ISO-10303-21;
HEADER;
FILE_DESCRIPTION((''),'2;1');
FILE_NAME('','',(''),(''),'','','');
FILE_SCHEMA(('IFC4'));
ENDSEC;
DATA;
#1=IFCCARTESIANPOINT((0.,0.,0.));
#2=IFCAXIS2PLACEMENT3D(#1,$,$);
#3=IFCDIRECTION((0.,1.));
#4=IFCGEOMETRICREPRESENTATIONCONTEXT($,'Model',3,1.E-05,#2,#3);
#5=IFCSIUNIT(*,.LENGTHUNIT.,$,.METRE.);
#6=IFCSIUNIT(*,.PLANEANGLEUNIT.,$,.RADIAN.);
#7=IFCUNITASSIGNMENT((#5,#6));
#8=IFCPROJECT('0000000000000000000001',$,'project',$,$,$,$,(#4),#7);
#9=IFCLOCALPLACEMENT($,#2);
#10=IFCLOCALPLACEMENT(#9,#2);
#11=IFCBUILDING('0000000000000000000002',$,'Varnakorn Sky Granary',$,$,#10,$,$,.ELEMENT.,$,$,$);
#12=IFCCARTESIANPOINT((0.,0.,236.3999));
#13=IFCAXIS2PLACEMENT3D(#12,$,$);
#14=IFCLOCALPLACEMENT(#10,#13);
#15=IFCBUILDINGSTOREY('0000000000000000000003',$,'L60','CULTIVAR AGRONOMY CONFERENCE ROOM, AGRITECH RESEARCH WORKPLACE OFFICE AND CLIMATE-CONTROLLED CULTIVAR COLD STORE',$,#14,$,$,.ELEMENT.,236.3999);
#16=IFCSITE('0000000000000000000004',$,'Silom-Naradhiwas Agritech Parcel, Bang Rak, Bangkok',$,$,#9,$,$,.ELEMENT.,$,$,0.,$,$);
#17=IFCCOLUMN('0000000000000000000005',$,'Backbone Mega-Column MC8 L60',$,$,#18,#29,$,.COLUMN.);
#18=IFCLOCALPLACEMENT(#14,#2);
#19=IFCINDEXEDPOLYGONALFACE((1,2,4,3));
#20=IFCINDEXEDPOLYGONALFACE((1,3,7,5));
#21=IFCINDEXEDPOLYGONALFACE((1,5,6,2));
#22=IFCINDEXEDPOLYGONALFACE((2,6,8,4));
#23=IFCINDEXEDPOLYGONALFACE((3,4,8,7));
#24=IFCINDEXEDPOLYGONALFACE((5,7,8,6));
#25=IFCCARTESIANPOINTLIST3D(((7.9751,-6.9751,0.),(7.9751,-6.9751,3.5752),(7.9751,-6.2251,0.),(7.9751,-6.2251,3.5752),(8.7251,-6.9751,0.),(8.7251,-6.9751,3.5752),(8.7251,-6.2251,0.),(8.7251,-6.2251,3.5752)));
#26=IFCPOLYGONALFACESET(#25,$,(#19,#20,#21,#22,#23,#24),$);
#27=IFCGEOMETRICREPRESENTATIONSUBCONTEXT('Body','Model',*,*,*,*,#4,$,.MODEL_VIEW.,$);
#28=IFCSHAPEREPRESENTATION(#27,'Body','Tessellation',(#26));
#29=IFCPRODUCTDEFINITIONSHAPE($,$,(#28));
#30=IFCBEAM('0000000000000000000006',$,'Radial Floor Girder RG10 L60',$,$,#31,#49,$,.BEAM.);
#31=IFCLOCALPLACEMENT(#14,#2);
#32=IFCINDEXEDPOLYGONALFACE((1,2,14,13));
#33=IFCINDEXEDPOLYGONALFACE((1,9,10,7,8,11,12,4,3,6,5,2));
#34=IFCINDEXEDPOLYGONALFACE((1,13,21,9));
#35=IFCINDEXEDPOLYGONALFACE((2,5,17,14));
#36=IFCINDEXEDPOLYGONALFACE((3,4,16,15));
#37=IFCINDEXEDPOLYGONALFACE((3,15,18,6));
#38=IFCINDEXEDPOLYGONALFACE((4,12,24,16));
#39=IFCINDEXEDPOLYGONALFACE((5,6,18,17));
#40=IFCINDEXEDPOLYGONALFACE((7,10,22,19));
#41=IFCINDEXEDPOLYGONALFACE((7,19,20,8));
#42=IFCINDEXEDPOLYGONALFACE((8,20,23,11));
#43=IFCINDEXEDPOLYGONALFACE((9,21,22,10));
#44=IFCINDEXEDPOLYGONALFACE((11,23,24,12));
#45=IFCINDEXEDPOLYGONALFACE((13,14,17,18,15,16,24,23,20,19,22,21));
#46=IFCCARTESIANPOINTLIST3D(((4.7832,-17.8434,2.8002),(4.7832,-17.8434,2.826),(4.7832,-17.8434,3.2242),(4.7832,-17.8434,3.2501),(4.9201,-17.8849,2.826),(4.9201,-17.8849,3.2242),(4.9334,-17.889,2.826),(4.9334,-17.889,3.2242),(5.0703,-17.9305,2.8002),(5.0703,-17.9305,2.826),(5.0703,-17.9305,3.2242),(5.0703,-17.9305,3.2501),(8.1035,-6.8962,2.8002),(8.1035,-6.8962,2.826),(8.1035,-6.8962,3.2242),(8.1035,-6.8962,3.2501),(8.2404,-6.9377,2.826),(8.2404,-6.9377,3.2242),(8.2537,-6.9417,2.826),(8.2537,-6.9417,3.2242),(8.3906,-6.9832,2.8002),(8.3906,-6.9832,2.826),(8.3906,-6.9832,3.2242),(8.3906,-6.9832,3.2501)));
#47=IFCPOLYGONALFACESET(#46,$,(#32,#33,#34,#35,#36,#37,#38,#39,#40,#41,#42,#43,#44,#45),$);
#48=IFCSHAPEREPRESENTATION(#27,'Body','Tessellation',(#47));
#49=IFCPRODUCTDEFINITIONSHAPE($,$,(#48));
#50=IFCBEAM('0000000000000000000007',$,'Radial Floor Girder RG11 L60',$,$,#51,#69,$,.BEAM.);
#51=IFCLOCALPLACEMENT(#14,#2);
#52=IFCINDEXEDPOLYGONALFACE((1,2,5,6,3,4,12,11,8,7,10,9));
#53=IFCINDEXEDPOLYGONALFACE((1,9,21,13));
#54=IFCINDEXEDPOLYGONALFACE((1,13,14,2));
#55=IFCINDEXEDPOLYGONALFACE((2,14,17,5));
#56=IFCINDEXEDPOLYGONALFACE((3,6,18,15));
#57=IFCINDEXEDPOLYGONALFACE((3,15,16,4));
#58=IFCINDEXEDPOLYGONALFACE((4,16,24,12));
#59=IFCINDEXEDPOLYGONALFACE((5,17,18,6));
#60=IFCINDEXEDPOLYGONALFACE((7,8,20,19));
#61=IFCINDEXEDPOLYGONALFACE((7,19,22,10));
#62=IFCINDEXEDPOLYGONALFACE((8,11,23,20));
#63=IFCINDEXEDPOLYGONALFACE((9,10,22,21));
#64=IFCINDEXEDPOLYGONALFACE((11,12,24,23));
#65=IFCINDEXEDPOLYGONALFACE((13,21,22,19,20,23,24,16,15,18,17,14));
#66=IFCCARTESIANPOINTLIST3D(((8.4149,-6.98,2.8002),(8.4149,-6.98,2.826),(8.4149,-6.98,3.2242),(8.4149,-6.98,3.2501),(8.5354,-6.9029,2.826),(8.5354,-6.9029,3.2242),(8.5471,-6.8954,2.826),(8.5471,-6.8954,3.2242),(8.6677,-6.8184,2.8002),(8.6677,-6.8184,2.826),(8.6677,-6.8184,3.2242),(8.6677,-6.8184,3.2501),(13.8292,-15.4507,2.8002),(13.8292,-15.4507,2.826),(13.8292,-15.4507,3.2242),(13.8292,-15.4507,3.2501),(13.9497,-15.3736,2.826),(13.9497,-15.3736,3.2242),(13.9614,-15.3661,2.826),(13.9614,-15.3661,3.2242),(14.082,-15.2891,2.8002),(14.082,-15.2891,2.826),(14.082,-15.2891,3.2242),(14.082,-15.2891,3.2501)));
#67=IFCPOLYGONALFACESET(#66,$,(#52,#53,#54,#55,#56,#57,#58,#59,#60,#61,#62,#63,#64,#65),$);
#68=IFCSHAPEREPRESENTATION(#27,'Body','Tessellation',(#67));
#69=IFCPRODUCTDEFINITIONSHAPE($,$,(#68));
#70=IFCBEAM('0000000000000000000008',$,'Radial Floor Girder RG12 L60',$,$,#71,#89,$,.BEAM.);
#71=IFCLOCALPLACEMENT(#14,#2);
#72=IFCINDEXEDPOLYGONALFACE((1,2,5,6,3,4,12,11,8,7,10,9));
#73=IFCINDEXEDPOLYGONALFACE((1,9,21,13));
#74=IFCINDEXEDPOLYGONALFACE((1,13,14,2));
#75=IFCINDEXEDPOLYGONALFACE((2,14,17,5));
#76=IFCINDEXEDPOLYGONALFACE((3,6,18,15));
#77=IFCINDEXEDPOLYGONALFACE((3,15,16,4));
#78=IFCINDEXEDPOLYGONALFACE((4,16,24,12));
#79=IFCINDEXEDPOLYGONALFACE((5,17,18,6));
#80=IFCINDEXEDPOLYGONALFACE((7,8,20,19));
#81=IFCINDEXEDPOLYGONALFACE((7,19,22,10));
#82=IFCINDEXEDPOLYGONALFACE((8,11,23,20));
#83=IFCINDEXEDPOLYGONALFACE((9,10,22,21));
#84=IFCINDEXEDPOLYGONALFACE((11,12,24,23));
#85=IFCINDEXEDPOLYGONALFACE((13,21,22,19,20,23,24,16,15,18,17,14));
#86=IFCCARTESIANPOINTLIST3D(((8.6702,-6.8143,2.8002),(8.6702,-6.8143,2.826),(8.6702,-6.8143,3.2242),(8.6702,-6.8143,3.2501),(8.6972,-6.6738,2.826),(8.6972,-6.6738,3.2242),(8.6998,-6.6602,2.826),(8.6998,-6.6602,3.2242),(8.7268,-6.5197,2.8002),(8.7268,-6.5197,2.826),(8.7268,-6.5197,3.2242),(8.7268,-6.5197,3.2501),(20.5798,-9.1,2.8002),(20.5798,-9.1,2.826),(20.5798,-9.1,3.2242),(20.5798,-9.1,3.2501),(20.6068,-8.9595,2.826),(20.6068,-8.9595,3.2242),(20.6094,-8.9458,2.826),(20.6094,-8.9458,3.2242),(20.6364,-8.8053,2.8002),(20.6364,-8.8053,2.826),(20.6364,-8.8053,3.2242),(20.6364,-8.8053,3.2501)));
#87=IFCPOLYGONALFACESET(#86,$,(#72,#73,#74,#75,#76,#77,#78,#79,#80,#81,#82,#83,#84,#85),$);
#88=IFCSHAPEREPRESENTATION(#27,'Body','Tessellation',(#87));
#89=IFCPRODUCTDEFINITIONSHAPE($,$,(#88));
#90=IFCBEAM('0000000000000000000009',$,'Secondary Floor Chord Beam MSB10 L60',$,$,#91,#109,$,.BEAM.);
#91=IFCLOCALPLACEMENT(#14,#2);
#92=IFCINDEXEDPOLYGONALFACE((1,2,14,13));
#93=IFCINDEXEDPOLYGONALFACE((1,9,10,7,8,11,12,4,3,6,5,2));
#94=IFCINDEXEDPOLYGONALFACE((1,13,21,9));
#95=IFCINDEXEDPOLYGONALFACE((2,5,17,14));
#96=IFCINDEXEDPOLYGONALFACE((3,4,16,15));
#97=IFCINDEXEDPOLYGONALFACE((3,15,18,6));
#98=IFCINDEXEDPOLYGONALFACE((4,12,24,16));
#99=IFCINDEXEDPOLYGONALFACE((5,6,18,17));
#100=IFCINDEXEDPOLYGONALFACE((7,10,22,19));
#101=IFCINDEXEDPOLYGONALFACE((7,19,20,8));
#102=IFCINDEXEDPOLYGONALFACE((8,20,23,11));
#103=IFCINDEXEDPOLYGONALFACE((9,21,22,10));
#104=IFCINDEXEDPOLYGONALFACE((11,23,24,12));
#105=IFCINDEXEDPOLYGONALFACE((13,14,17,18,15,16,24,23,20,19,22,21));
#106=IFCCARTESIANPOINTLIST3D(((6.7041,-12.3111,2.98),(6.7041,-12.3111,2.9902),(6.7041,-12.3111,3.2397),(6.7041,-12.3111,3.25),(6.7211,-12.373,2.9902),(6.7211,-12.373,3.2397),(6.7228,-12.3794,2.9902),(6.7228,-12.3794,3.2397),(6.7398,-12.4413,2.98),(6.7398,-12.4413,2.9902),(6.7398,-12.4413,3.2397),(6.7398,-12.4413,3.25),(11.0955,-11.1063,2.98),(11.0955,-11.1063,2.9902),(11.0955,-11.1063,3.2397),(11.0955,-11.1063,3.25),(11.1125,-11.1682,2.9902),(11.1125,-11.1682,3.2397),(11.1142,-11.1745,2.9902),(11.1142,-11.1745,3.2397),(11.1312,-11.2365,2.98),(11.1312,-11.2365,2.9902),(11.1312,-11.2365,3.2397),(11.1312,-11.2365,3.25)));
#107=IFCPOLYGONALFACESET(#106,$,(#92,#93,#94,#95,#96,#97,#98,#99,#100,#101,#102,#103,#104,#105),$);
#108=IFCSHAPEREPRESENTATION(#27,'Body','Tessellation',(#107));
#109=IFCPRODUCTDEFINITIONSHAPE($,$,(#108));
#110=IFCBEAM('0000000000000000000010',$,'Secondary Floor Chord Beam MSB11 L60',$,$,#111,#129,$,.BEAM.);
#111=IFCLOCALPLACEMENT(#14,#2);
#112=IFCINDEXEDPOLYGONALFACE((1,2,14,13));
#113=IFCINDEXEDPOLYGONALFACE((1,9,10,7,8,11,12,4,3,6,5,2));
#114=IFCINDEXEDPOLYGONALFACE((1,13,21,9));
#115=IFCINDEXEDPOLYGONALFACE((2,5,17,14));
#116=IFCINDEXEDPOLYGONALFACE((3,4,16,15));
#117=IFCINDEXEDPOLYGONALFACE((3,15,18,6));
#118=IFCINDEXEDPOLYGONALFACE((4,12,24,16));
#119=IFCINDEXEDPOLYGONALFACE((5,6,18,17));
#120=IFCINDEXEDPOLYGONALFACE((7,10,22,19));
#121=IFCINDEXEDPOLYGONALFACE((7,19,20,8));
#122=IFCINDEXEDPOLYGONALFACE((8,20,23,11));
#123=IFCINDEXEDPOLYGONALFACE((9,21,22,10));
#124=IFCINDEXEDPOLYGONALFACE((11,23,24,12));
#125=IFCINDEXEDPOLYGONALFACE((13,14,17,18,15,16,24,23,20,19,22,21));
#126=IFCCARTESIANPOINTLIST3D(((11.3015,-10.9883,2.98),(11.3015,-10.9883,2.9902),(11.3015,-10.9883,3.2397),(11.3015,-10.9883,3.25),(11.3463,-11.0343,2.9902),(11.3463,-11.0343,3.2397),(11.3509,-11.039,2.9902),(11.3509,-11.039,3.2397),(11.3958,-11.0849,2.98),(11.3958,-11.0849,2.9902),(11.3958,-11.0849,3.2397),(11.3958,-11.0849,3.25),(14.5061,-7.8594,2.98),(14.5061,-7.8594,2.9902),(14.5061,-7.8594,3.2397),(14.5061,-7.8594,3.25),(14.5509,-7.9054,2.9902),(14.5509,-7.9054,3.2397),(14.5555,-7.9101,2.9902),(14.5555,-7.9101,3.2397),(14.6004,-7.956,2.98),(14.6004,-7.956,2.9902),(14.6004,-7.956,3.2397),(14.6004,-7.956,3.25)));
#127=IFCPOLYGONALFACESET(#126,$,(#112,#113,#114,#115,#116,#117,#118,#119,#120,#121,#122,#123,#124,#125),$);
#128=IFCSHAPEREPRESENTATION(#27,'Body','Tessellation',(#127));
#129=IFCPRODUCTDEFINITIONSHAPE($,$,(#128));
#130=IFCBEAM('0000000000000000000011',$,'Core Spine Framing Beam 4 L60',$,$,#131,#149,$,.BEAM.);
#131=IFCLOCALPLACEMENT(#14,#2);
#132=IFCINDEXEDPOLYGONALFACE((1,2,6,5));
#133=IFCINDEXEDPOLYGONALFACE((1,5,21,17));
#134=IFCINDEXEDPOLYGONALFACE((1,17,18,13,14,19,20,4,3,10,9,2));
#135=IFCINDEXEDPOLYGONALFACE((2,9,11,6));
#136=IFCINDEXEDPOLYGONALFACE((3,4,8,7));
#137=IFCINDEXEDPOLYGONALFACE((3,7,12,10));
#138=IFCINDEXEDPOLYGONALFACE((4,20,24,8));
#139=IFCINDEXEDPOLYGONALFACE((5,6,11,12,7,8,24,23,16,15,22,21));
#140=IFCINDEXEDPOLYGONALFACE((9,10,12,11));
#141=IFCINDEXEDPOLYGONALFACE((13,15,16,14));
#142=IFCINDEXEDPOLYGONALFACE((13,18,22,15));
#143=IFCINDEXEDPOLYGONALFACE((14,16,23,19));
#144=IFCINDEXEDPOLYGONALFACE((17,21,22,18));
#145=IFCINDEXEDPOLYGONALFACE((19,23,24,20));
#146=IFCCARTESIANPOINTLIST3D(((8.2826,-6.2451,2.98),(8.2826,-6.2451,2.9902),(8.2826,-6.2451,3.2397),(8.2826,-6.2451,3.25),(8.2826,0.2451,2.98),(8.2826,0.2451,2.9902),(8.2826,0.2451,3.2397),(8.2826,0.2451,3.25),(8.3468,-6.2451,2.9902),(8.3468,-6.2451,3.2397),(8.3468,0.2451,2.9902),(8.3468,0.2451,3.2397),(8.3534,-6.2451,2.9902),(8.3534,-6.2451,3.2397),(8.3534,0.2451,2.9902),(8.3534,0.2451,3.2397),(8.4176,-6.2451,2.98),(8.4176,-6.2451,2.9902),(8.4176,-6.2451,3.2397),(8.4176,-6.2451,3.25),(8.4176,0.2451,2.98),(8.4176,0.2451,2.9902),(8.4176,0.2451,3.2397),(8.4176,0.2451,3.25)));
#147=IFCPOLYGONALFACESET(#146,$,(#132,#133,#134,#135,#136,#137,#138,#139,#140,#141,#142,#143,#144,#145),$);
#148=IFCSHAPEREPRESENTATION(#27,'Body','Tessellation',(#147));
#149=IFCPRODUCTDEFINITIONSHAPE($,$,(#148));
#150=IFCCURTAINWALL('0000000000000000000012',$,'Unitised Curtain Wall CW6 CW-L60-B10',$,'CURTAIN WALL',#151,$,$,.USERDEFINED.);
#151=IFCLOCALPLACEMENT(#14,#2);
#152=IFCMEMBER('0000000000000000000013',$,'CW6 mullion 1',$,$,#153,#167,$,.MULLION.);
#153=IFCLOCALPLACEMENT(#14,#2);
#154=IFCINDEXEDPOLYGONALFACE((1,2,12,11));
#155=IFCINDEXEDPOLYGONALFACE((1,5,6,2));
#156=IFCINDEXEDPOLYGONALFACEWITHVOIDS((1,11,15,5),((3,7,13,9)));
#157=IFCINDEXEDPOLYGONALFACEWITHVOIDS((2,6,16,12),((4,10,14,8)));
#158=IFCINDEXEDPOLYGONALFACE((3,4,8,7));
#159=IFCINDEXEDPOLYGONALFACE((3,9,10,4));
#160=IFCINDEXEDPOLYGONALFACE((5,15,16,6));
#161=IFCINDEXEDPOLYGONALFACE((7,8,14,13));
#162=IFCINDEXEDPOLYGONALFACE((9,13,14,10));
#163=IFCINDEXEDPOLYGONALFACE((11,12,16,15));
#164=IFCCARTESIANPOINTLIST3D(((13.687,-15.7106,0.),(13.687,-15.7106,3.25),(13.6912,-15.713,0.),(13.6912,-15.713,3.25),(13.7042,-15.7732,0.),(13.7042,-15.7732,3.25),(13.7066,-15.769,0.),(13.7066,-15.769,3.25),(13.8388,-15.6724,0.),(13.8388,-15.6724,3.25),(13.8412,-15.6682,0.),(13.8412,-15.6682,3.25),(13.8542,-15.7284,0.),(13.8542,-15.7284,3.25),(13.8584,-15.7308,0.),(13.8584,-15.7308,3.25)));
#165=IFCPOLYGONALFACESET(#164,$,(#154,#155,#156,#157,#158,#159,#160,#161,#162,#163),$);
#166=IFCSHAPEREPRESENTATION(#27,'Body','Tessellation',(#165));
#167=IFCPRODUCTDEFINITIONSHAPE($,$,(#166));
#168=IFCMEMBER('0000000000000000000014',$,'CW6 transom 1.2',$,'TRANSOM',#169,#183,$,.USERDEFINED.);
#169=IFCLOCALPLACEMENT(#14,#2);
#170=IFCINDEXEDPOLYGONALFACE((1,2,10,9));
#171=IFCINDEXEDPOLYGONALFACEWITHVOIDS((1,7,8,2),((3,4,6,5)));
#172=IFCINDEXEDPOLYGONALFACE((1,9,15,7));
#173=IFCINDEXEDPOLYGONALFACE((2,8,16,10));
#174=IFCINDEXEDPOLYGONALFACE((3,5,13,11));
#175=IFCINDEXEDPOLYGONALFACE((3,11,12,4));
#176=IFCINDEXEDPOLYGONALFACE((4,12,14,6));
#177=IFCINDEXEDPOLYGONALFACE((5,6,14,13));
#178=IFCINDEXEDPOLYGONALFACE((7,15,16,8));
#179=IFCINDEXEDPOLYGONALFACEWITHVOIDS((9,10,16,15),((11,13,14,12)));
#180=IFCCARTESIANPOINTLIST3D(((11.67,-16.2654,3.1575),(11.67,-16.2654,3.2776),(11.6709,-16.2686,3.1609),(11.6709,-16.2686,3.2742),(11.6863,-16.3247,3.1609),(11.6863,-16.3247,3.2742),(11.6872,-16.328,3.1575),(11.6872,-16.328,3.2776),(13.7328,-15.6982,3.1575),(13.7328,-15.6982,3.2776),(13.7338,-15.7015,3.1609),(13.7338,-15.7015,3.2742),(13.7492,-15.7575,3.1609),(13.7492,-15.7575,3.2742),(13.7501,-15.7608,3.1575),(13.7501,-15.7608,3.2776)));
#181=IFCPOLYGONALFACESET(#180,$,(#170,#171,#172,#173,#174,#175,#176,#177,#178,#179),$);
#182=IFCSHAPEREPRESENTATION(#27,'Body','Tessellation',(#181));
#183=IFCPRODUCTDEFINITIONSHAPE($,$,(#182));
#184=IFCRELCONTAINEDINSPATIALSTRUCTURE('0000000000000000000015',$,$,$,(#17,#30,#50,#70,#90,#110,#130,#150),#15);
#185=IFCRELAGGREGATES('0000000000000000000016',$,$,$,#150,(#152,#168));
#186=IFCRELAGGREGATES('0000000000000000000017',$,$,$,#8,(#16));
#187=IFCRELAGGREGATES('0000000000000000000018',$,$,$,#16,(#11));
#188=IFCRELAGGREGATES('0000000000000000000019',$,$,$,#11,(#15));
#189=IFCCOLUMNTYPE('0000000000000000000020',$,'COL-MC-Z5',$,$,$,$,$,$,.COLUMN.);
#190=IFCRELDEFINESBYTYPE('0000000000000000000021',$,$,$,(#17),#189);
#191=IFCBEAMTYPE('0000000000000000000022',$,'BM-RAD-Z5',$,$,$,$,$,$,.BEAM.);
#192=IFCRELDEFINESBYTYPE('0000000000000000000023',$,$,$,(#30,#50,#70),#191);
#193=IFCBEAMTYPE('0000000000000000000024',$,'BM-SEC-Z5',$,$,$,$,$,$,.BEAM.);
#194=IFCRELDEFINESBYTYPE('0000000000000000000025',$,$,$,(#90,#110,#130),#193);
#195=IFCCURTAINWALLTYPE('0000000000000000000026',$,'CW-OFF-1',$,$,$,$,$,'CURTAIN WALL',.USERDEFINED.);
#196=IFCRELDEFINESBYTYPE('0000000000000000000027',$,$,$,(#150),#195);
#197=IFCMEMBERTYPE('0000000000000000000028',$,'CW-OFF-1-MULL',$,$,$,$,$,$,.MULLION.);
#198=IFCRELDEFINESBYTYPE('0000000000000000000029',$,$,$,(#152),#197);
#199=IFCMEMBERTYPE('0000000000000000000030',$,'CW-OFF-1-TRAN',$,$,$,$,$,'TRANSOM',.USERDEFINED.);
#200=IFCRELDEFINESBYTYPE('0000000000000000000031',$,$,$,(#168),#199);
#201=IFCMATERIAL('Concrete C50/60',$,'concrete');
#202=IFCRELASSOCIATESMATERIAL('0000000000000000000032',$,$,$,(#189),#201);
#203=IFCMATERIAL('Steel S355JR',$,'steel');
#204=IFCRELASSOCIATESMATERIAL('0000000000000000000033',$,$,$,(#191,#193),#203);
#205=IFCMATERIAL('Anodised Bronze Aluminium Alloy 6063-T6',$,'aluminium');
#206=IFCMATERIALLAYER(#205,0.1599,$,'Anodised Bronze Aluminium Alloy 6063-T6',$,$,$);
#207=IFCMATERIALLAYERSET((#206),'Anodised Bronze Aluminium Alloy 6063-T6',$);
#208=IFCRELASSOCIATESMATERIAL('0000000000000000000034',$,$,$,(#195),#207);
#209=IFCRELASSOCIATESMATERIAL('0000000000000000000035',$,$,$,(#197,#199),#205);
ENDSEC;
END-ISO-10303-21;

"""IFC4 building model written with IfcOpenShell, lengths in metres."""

from ifc_helpers import new_model, si_unit, direction, frame, origin, origin_2d, place, context, subcontext, project, spatial, rectangle, hollow_rectangle, i_section, extrude, material, layer, layer_set, material_profile, profile_set, type_object, element, aggregate, save


model = new_model("IFC4")

# Units and contexts
model_context = context("Model", 3, precision=1e-05, world=origin(), true_north=direction((0.0, 1.0)))
body_context = subcontext(model_context, "Body", "Model", "MODEL_VIEW")
ifc_project = project(units=[si_unit("LENGTHUNIT", "METRE"), si_unit("PLANEANGLEUNIT", "RADIAN")], contexts=[model_context])

# Site, building, storey
site_placement = place(None, origin())
site = spatial("IfcSite", under=ifc_project, at=site_placement, Name="Silom-Naradhiwas Agritech Parcel, Bang Rak, Bangkok", CompositionType="ELEMENT", RefElevation=0.0)
building_placement = place(site_placement, origin())
building = spatial("IfcBuilding", under=site, at=building_placement, Name="Varnakorn Sky Granary", CompositionType="ELEMENT")
storey_placement = place(building_placement, frame((0.0, 0.0, 236.3999)))
storey = spatial("IfcBuildingStorey", under=building, at=storey_placement, Name="L60", Description="CULTIVAR AGRONOMY CONFERENCE ROOM, AGRITECH RESEARCH WORKPLACE OFFICE AND CLIMATE-CONTROLLED CULTIVAR COLD STORE", CompositionType="ELEMENT", Elevation=236.3999)

# Column
ifc_material_1 = material(Name="Concrete C50/60", Category="concrete")
ifc_material_profile_1 = material_profile(ifc_material_1, rectangle(XDim=0.75, YDim=0.75, at=origin_2d()), Name="RC 750x750")
ifc_profile_set_1 = profile_set([ifc_material_profile_1], Name="Concrete C50/60")
column_type = type_object("IfcColumnType", Name="COL-MC-Z5", PredefinedType="COLUMN", material=ifc_profile_set_1)
column_placement = place(storey_placement, frame((8.3501, -6.6001, 0.0), z_axis=(0.0, 0.0, 1.0), x_axis=(1.0, 0.0, 0.0)))
element("IfcColumn", 1, at=column_placement, inside=storey, type_object=column_type, Name="Backbone Mega-Column MC8 L60", PredefinedType="COLUMN", context=body_context, shape_type="SweptSolid", body=[
    extrude(rectangle(XDim=0.75, YDim=0.75, at=origin_2d()), origin(), (0.0, 0.0, 1.0), 3.5752),
])

# Beams
ifc_material_2 = material(Name="Steel S355JR", Category="steel")
ifc_material_profile_2 = material_profile(ifc_material_2, i_section(OverallWidth=0.3, OverallDepth=0.45, WebThickness=0.0139, FlangeThickness=0.0259, at=origin_2d()), Name="HE 450 B")
ifc_profile_set_2 = profile_set([ifc_material_profile_2], Name="Steel S355JR")
beam_type_1 = type_object("IfcBeamType", Name="BM-RAD-Z5", PredefinedType="BEAM", material=ifc_profile_set_2)
beam_1_placement = place(storey_placement, frame((8.2471, -6.9397, 3.0251), z_axis=(-0.290244, -0.956953, 0.0), x_axis=(0.956953, -0.290244, 0.0)))
element("IfcBeam", 2, at=beam_1_placement, inside=storey, type_object=beam_type_1, Name="Radial Floor Girder RG10 L60", PredefinedType="BEAM", context=body_context, shape_type="SweptSolid", body=[
    extrude(i_section(OverallWidth=0.3, OverallDepth=0.45, WebThickness=0.0139, FlangeThickness=0.0259, at=origin_2d()), origin(), (0.0, 0.0, 1.0), 11.4397),
])
beam_2_placement = place(storey_placement, frame((8.5413, -6.8992, 3.0251), z_axis=(0.538564, -0.842585, 0.0), x_axis=(0.842585, 0.538564, 0.0)))
element("IfcBeam", 3, at=beam_2_placement, inside=storey, type_object=beam_type_1, Name="Radial Floor Girder RG11 L60", PredefinedType="BEAM", context=body_context, shape_type="SweptSolid", body=[
    extrude(i_section(OverallWidth=0.3, OverallDepth=0.45, WebThickness=0.0139, FlangeThickness=0.0259, at=origin_2d()), origin(), (0.0, 0.0, 1.0), 10.0532),
])
beam_3_placement = place(storey_placement, frame((8.6985, -6.667, 3.0251), z_axis=(0.982078, -0.188476, 0.0), x_axis=(0.188476, 0.982078, 0.0)))
element("IfcBeam", 4, at=beam_3_placement, inside=storey, type_object=beam_type_1, Name="Radial Floor Girder RG12 L60", PredefinedType="BEAM", context=body_context, shape_type="SweptSolid", body=[
    extrude(i_section(OverallWidth=0.3, OverallDepth=0.45, WebThickness=0.0139, FlangeThickness=0.0259, at=origin_2d()), origin(), (0.0, 0.0, 1.0), 12.127),
])
ifc_material_profile_3 = material_profile(ifc_material_2, i_section(OverallWidth=0.135, OverallDepth=0.27, WebThickness=0.0066, FlangeThickness=0.0103, at=origin_2d()), Name="IPE 270")
ifc_profile_set_3 = profile_set([ifc_material_profile_3], Name="Steel S355JR")
beam_type_2 = type_object("IfcBeamType", Name="BM-SEC-Z5", PredefinedType="BEAM", material=ifc_profile_set_3)
beam_4_placement = place(storey_placement, frame((6.7219, -12.3762, 3.115), z_axis=(0.964362, 0.264587, 0.0), x_axis=(-0.264587, 0.964362, 0.0)))
element("IfcBeam", 5, at=beam_4_placement, inside=storey, type_object=beam_type_2, Name="Secondary Floor Chord Beam MSB10 L60", PredefinedType="BEAM", context=body_context, shape_type="SweptSolid", body=[
    extrude(i_section(OverallWidth=0.135, OverallDepth=0.27, WebThickness=0.0066, FlangeThickness=0.0103, at=origin_2d()), origin(), (0.0, 0.0, 1.0), 4.5537),
])
beam_5_placement = place(storey_placement, frame((11.3486, -11.0366, 3.115), z_axis=(0.715505, 0.698607, 0.0), x_axis=(-0.698607, 0.715505, 0.0)))
element("IfcBeam", 6, at=beam_5_placement, inside=storey, type_object=beam_type_2, Name="Secondary Floor Chord Beam MSB11 L60", PredefinedType="BEAM", context=body_context, shape_type="SweptSolid", body=[
    extrude(i_section(OverallWidth=0.135, OverallDepth=0.27, WebThickness=0.0066, FlangeThickness=0.0103, at=origin_2d()), origin(), (0.0, 0.0, 1.0), 4.4788),
])
beam_6_placement = place(storey_placement, frame((8.3501, 0.2451, 3.115), z_axis=(0.0, -1.0, 0.0), x_axis=(1.0, 0.0, 0.0)))
element("IfcBeam", 7, at=beam_6_placement, inside=storey, type_object=beam_type_2, Name="Core Spine Framing Beam 4 L60", PredefinedType="BEAM", context=body_context, shape_type="SweptSolid", body=[
    extrude(i_section(OverallWidth=0.135, OverallDepth=0.27, WebThickness=0.0066, FlangeThickness=0.0103, at=origin_2d()), origin(), (0.0, 0.0, 1.0), 6.4902),
])

# Curtain wall, members
ifc_material_3 = material(Name="Anodised Bronze Aluminium Alloy 6063-T6", Category="aluminium")
ifc_layer_1 = layer(ifc_material_3, 0.1599, Name="Anodised Bronze Aluminium Alloy 6063-T6")
ifc_layer_set_1 = layer_set([ifc_layer_1], Name="Anodised Bronze Aluminium Alloy 6063-T6")
curtain_wall_type = type_object("IfcCurtainWallType", Name="CW-OFF-1", ElementType="CURTAIN WALL", PredefinedType="USERDEFINED", material=ifc_layer_set_1)
curtain_wall_placement = place(storey_placement, origin())
curtain_wall = element("IfcCurtainWall", 8, at=curtain_wall_placement, inside=storey, type_object=curtain_wall_type, Name="Unitised Curtain Wall CW6 CW-L60-B10", ObjectType="CURTAIN WALL", PredefinedType="USERDEFINED")
ifc_material_profile_4 = material_profile(ifc_material_3, hollow_rectangle(XDim=0.0649, YDim=0.1599, WallThickness=0.0034, at=origin_2d()), Name="ALU MULL 65x160")
ifc_profile_set_4 = profile_set([ifc_material_profile_4], Name="Anodised Bronze Aluminium Alloy 6063-T6")
member_type_1 = type_object("IfcMemberType", Name="CW-OFF-1-MULL", PredefinedType="MULLION", material=ifc_profile_set_4)
member_1_placement = place(storey_placement, frame((13.7727, -15.7207, 0.0), z_axis=(0.0, 0.0, 1.0), x_axis=(0.2651, -0.964221, 0.0)))
member_1 = element("IfcMember", 9, at=member_1_placement, type_object=member_type_1, Name="CW6 mullion 1", PredefinedType="MULLION", context=body_context, shape_type="SweptSolid", body=[
    extrude(hollow_rectangle(XDim=0.0649, YDim=0.1599, WallThickness=0.0034, at=origin_2d()), origin(), (0.0, 0.0, 1.0), 3.25),
])
ifc_material_profile_5 = material_profile(ifc_material_3, hollow_rectangle(XDim=0.0649, YDim=0.1201, WallThickness=0.0034, at=origin_2d()), Name="ALU TRAN 65x120")
ifc_profile_set_5 = profile_set([ifc_material_profile_5], Name="Anodised Bronze Aluminium Alloy 6063-T6")
member_type_2 = type_object("IfcMemberType", Name="CW-OFF-1-TRAN", ElementType="TRANSOM", PredefinedType="USERDEFINED", material=ifc_profile_set_5)
member_2_placement = place(storey_placement, frame((13.7415, -15.7295, 3.2175), z_axis=(-0.964219, -0.265106, 0.0), x_axis=(0.265106, -0.964219, 0.0)))
member_2 = element("IfcMember", 10, at=member_2_placement, type_object=member_type_2, Name="CW6 transom 1.2", ObjectType="TRANSOM", PredefinedType="USERDEFINED", context=body_context, shape_type="SweptSolid", body=[
    extrude(hollow_rectangle(XDim=0.0649, YDim=0.1201, WallThickness=0.0034, at=origin_2d()), origin(), (0.0, 0.0, 1.0), 2.1394),
])
aggregate(curtain_wall, [member_1, member_2])

save(model, "model.ifc")
